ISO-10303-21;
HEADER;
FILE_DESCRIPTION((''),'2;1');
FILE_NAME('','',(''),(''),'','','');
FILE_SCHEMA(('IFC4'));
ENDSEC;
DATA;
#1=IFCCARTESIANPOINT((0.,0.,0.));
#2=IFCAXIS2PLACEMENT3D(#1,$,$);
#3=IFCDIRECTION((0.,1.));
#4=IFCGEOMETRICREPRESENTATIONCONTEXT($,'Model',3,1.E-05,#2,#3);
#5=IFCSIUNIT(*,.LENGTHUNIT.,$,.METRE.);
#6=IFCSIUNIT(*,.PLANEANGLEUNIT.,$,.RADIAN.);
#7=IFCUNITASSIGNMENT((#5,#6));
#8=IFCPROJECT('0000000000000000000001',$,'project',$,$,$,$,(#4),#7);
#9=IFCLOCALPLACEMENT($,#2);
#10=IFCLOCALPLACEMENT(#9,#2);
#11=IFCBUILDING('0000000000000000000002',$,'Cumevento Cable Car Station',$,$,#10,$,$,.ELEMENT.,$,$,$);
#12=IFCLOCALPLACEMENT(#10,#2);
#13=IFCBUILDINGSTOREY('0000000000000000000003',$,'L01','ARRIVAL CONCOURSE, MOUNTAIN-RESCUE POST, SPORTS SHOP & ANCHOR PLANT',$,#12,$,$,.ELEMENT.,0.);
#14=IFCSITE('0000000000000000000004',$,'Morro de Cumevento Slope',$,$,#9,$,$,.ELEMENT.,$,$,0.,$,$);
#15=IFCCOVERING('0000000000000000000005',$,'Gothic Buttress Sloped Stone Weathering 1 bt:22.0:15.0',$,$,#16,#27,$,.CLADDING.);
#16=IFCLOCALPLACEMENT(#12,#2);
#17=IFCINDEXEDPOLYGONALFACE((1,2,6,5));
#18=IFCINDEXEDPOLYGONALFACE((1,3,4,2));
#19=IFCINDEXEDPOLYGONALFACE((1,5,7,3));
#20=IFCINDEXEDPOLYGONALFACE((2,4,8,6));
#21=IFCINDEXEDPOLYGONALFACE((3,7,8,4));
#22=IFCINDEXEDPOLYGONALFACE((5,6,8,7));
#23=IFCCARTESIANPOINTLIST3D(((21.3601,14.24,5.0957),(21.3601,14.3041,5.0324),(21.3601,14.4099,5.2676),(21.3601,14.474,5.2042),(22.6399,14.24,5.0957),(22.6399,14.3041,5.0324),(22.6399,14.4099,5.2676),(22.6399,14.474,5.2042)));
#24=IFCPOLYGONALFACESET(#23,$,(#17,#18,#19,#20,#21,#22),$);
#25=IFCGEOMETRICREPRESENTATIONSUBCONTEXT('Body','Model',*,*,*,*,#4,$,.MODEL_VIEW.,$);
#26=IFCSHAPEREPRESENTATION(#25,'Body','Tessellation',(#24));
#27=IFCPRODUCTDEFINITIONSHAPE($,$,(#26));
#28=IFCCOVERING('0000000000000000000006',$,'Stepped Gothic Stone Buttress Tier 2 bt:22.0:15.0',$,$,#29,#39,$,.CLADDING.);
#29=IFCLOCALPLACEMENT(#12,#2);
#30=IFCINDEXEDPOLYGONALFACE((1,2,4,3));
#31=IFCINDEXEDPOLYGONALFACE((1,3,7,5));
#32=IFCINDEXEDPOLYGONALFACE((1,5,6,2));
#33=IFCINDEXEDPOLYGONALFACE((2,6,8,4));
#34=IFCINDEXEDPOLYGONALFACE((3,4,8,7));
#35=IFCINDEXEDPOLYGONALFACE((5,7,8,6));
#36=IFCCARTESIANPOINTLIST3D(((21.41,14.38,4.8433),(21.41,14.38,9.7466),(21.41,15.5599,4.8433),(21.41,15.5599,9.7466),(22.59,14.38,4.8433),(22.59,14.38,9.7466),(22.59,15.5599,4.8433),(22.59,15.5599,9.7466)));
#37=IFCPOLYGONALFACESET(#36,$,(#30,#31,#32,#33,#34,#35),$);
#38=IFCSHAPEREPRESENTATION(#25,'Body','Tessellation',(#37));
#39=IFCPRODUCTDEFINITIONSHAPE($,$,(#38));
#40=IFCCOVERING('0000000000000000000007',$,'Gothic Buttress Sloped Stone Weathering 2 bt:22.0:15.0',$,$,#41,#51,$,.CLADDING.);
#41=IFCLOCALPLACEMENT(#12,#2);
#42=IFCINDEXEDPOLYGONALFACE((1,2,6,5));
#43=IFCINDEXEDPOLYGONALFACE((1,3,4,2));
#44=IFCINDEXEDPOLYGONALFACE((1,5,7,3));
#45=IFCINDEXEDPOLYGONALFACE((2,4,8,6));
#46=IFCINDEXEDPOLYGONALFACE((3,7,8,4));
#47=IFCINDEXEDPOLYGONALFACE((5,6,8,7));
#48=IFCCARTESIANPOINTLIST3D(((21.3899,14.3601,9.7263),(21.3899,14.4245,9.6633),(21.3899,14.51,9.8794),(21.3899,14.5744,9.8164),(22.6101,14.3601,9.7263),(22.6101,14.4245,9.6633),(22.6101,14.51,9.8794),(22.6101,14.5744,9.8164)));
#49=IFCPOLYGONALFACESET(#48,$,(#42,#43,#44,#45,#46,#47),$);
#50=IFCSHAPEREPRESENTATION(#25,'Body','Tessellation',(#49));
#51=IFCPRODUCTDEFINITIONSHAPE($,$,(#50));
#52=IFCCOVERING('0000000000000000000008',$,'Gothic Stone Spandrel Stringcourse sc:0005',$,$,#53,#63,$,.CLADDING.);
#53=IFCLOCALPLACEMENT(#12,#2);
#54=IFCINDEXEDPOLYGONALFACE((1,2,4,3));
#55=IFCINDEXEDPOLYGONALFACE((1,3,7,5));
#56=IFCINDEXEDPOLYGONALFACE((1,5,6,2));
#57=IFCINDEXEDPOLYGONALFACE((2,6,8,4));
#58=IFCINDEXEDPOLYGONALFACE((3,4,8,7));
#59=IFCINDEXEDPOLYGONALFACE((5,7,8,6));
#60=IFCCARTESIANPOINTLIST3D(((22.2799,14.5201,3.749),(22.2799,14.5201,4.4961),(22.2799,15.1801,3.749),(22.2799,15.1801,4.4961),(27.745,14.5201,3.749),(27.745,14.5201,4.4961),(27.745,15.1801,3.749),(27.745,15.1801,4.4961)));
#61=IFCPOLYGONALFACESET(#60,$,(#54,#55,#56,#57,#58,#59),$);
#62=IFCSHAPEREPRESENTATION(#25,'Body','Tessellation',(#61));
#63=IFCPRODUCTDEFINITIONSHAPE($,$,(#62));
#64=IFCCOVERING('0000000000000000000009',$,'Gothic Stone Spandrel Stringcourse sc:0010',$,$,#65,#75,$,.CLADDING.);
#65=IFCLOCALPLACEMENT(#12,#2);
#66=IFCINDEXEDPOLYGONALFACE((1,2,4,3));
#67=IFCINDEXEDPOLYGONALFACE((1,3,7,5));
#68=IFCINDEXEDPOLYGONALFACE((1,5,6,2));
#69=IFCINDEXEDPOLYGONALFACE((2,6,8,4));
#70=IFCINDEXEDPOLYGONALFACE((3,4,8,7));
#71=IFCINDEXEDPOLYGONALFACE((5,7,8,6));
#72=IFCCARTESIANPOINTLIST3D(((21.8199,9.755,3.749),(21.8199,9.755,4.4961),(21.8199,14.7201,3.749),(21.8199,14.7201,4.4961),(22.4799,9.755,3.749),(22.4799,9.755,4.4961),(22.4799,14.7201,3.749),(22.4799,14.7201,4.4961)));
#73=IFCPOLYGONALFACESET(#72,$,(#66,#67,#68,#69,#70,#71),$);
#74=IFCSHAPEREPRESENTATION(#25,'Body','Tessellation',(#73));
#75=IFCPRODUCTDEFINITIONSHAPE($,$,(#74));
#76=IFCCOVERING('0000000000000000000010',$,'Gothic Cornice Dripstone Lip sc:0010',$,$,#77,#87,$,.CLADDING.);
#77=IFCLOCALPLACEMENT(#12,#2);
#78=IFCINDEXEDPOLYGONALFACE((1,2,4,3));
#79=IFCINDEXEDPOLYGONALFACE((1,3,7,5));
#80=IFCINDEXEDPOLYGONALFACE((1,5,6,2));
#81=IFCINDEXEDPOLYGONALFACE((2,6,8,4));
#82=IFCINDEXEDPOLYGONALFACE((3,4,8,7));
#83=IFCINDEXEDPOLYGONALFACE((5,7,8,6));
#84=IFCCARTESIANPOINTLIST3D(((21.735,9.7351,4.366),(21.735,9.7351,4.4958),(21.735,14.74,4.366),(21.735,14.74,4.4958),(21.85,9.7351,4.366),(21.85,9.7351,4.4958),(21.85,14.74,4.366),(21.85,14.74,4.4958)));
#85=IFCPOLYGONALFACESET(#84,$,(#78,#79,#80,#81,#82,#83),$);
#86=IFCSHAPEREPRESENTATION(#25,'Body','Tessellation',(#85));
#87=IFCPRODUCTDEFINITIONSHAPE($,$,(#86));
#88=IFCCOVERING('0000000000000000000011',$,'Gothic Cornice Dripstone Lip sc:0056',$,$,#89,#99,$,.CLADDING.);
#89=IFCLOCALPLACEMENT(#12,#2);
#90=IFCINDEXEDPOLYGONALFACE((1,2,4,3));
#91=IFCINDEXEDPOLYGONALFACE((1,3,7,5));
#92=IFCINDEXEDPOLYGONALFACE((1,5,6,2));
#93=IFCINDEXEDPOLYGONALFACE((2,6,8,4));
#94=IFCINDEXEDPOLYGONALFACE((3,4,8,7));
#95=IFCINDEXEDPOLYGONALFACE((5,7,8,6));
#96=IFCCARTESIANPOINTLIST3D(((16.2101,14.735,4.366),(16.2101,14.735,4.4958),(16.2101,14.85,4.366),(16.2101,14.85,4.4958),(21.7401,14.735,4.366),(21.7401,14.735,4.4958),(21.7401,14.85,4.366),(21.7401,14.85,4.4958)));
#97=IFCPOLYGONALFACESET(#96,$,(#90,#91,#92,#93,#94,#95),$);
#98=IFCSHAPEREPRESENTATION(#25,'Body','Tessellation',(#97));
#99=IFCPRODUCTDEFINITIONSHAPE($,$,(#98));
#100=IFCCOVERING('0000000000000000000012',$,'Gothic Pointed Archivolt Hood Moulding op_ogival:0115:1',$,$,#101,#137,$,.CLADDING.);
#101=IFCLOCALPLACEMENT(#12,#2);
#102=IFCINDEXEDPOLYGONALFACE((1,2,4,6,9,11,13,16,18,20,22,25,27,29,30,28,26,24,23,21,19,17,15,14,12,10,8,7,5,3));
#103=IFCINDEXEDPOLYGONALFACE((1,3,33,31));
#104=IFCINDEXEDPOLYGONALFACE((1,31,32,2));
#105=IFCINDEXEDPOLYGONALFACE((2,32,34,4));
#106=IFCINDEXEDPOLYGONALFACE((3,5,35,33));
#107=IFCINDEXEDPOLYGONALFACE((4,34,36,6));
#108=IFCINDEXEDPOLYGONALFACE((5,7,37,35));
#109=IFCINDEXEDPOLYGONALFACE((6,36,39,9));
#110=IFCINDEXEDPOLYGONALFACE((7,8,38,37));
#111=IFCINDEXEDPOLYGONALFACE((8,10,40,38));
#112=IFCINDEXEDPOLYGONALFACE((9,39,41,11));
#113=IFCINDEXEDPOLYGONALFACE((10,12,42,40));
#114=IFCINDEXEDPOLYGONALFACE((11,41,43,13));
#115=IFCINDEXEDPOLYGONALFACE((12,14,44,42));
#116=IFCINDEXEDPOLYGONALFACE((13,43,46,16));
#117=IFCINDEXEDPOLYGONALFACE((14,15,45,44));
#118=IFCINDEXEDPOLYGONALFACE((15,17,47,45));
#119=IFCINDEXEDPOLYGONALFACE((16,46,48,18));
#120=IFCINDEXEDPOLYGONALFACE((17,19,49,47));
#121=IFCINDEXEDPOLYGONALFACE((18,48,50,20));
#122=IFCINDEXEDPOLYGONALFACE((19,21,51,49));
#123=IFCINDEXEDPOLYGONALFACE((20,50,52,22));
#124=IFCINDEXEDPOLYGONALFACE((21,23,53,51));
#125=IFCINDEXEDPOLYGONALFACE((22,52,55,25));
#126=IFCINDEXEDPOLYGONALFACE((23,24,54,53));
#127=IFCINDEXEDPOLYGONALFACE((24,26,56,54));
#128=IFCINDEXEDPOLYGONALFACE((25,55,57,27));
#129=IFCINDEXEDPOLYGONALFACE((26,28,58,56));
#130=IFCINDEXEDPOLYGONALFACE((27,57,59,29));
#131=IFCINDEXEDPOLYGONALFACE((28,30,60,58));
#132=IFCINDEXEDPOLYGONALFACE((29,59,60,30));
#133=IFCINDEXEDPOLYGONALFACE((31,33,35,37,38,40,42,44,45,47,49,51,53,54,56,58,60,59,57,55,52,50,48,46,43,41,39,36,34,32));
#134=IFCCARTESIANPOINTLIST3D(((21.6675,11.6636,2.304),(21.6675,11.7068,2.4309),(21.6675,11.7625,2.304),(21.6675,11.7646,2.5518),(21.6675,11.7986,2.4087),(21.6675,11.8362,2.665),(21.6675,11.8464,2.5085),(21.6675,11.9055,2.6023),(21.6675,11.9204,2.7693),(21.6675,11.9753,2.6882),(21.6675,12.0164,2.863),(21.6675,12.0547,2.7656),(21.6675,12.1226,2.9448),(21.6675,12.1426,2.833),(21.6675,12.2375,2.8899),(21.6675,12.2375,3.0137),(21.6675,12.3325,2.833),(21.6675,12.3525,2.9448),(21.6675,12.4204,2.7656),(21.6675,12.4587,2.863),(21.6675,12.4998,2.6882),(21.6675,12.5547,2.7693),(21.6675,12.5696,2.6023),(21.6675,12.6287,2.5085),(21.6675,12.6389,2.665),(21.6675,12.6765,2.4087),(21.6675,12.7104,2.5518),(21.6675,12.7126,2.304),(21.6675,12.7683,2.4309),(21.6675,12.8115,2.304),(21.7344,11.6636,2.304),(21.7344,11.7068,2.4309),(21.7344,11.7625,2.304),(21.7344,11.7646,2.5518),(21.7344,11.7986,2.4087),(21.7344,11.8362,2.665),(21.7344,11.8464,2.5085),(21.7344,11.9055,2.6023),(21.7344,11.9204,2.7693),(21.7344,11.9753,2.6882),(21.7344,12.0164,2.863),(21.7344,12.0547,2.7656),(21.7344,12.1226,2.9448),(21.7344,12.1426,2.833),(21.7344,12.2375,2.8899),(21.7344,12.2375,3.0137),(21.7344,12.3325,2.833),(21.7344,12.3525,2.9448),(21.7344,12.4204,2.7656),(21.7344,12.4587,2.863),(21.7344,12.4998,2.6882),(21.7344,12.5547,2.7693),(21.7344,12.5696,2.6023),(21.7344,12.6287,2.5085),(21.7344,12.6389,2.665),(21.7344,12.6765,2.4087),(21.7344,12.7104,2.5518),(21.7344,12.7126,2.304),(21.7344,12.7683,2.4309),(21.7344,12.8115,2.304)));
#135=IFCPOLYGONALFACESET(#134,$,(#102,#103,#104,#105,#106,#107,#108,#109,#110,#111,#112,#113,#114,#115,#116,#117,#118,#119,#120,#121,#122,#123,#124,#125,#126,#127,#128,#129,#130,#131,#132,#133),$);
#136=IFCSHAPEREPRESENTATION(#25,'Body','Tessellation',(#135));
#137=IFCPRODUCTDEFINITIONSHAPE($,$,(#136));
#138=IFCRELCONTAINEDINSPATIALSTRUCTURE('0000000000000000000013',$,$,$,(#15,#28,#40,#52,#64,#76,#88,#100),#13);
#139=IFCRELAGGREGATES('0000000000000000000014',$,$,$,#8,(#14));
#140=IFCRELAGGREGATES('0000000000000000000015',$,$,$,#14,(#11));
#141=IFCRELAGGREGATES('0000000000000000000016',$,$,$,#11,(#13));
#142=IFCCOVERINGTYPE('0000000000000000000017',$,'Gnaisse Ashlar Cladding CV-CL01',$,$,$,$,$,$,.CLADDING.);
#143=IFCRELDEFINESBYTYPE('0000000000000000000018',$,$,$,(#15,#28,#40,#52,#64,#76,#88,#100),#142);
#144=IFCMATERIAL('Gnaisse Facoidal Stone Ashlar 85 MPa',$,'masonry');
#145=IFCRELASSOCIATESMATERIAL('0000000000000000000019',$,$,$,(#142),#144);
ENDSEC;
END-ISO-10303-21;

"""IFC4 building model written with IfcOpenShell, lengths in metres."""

from ifc_helpers import new_model, si_unit, direction, frame, origin, origin_2d, place, context, subcontext, project, spatial, polyline, rectangle, outline, extrude, material, type_object, element, save


model = new_model("IFC4")

# Units and contexts
model_context = context("Model", 3, precision=1e-05, world=origin(), true_north=direction((0.0, 1.0)))
body_context = subcontext(model_context, "Body", "Model", "MODEL_VIEW")
ifc_project = project(units=[si_unit("LENGTHUNIT", "METRE"), si_unit("PLANEANGLEUNIT", "RADIAN")], contexts=[model_context])

# Site, building, storey
site_placement = place(None, origin())
site = spatial("IfcSite", under=ifc_project, at=site_placement, Name="Morro de Cumevento Slope", CompositionType="ELEMENT", RefElevation=0.0)
building_placement = place(site_placement, origin())
building = spatial("IfcBuilding", under=site, at=building_placement, Name="Cumevento Cable Car Station", CompositionType="ELEMENT")
storey_placement = place(building_placement, origin())
storey = spatial("IfcBuildingStorey", under=building, at=storey_placement, Name="L01", Description="ARRIVAL CONCOURSE, MOUNTAIN-RESCUE POST, SPORTS SHOP & ANCHOR PLANT", CompositionType="ELEMENT", Elevation=0.0)

# Coverings
ifc_material_1 = material(Name="Gnaisse Facoidal Stone Ashlar 85 MPa", Category="masonry")
covering_type = type_object("IfcCoveringType", Name="Gnaisse Ashlar Cladding CV-CL01", PredefinedType="CLADDING", material=ifc_material_1)
covering_1_placement = place(storey_placement, frame((21.3601, 14.24, 5.0957), z_axis=(0.0, -0.711136, 0.703055), x_axis=(1.0, 0.0, 0.0)))
element("IfcCovering", 1, at=covering_1_placement, inside=storey, type_object=covering_type, Name="Gothic Buttress Sloped Stone Weathering 1 bt:22.0:15.0", PredefinedType="CLADDING", context=body_context, shape_type="SweptSolid", body=[
    extrude(outline(polyline([(0.0, 0.0), (1.2798, 0.0), (1.2798, 0.2417), (0.0, 0.2417), (0.0, 0.0)])), origin(), (0.0, 0.0, -1.0), 0.0901),
])
covering_2_placement = place(storey_placement, frame((22.0, 14.97, 4.8433), z_axis=(0.0, 0.0, 1.0), x_axis=(1.0, 0.0, 0.0)))
element("IfcCovering", 2, at=covering_2_placement, inside=storey, type_object=covering_type, Name="Stepped Gothic Stone Buttress Tier 2 bt:22.0:15.0", PredefinedType="CLADDING", context=body_context, shape_type="SweptSolid", body=[
    extrude(rectangle(XDim=1.1799, YDim=1.1799, at=origin_2d()), origin(), (0.0, 0.0, 1.0), 4.9033),
])
covering_3_placement = place(storey_placement, frame((21.3899, 14.3601, 9.7263), z_axis=(0.0, -0.714475, 0.699661), x_axis=(1.0, 0.0, 0.0)))
element("IfcCovering", 3, at=covering_3_placement, inside=storey, type_object=covering_type, Name="Gothic Buttress Sloped Stone Weathering 2 bt:22.0:15.0", PredefinedType="CLADDING", context=body_context, shape_type="SweptSolid", body=[
    extrude(outline(polyline([(0.0, 0.0), (1.2202, 0.0), (1.2202, 0.2142), (0.0, 0.2142), (0.0, 0.0)])), origin(), (0.0, 0.0, -1.0), 0.0901),
])
covering_4_placement = place(storey_placement, frame((25.0125, 14.8501, 3.749), z_axis=(0.0, 0.0, 1.0), x_axis=(1.0, 0.0, 0.0)))
element("IfcCovering", 4, at=covering_4_placement, inside=storey, type_object=covering_type, Name="Gothic Stone Spandrel Stringcourse sc:0005", PredefinedType="CLADDING", context=body_context, shape_type="SweptSolid", body=[
    extrude(rectangle(XDim=5.4651, YDim=0.6599, at=origin_2d()), origin(), (0.0, 0.0, 1.0), 0.7471),
])
covering_5_placement = place(storey_placement, frame((22.1499, 12.2375, 3.749), z_axis=(0.0, 0.0, 1.0), x_axis=(0.0, 1.0, 0.0)))
element("IfcCovering", 5, at=covering_5_placement, inside=storey, type_object=covering_type, Name="Gothic Stone Spandrel Stringcourse sc:0010", PredefinedType="CLADDING", context=body_context, shape_type="SweptSolid", body=[
    extrude(rectangle(XDim=4.9651, YDim=0.6599, at=origin_2d()), origin(), (0.0, 0.0, 1.0), 0.7471),
])
covering_6_placement = place(storey_placement, frame((21.7925, 12.2375, 4.366), z_axis=(0.0, 0.0, 1.0), x_axis=(0.0, 1.0, 0.0)))
element("IfcCovering", 6, at=covering_6_placement, inside=storey, type_object=covering_type, Name="Gothic Cornice Dripstone Lip sc:0010", PredefinedType="CLADDING", context=body_context, shape_type="SweptSolid", body=[
    extrude(rectangle(XDim=5.0049, YDim=0.115, at=origin_2d()), origin(), (0.0, 0.0, 1.0), 0.1299),
])
covering_7_placement = place(storey_placement, frame((18.9751, 14.7925, 4.366), z_axis=(0.0, 0.0, 1.0), x_axis=(-1.0, 0.0, 0.0)))
element("IfcCovering", 7, at=covering_7_placement, inside=storey, type_object=covering_type, Name="Gothic Cornice Dripstone Lip sc:0056", PredefinedType="CLADDING", context=body_context, shape_type="SweptSolid", body=[
    extrude(rectangle(XDim=5.53, YDim=0.115, at=origin_2d()), origin(), (0.0, 0.0, 1.0), 0.1299),
])
covering_8_placement = place(storey_placement, frame((22.0, 11.6226, 2.304), z_axis=(0.0, 0.0, 1.0), x_axis=(0.0, 1.0, 0.0)))
element("IfcCovering", 8, at=covering_8_placement, inside=storey, type_object=covering_type, Name="Gothic Pointed Archivolt Hood Moulding op_ogival:0115:1", PredefinedType="CLADDING", context=body_context, shape_type="SweptSolid", body=[
    extrude(outline(polyline([(0.1399, 0.0), (0.176, 0.1047), (0.2239, 0.2046), (0.283, 0.2983), (0.3528, 0.3843), (0.4321, 0.4617), (0.52, 0.5291), (0.615, 0.5859), (0.71, 0.5291), (0.7979, 0.4617), (0.8772, 0.3843), (0.947, 0.2983), (1.0061, 0.2046), (1.054, 0.1047), (1.0901, 0.0), (1.189, 0.0), (1.1458, 0.127), (1.0879, 0.2478), (1.0164, 0.3611), (0.9321, 0.4653), (0.8362, 0.5591), (0.73, 0.6409), (0.615, 0.7097), (0.5, 0.6409), (0.3938, 0.5591), (0.2979, 0.4653), (0.2136, 0.3611), (0.1421, 0.2478), (0.0842, 0.127), (0.041, 0.0), (0.1399, 0.0)])), frame((0.0, 0.3325, 0.0), z_axis=(0.0, -1.0, 0.0), x_axis=(1.0, 0.0, 0.0)), (0.0, 0.0, 1.0), 0.0669),
])

save(model, "model.ifc")
